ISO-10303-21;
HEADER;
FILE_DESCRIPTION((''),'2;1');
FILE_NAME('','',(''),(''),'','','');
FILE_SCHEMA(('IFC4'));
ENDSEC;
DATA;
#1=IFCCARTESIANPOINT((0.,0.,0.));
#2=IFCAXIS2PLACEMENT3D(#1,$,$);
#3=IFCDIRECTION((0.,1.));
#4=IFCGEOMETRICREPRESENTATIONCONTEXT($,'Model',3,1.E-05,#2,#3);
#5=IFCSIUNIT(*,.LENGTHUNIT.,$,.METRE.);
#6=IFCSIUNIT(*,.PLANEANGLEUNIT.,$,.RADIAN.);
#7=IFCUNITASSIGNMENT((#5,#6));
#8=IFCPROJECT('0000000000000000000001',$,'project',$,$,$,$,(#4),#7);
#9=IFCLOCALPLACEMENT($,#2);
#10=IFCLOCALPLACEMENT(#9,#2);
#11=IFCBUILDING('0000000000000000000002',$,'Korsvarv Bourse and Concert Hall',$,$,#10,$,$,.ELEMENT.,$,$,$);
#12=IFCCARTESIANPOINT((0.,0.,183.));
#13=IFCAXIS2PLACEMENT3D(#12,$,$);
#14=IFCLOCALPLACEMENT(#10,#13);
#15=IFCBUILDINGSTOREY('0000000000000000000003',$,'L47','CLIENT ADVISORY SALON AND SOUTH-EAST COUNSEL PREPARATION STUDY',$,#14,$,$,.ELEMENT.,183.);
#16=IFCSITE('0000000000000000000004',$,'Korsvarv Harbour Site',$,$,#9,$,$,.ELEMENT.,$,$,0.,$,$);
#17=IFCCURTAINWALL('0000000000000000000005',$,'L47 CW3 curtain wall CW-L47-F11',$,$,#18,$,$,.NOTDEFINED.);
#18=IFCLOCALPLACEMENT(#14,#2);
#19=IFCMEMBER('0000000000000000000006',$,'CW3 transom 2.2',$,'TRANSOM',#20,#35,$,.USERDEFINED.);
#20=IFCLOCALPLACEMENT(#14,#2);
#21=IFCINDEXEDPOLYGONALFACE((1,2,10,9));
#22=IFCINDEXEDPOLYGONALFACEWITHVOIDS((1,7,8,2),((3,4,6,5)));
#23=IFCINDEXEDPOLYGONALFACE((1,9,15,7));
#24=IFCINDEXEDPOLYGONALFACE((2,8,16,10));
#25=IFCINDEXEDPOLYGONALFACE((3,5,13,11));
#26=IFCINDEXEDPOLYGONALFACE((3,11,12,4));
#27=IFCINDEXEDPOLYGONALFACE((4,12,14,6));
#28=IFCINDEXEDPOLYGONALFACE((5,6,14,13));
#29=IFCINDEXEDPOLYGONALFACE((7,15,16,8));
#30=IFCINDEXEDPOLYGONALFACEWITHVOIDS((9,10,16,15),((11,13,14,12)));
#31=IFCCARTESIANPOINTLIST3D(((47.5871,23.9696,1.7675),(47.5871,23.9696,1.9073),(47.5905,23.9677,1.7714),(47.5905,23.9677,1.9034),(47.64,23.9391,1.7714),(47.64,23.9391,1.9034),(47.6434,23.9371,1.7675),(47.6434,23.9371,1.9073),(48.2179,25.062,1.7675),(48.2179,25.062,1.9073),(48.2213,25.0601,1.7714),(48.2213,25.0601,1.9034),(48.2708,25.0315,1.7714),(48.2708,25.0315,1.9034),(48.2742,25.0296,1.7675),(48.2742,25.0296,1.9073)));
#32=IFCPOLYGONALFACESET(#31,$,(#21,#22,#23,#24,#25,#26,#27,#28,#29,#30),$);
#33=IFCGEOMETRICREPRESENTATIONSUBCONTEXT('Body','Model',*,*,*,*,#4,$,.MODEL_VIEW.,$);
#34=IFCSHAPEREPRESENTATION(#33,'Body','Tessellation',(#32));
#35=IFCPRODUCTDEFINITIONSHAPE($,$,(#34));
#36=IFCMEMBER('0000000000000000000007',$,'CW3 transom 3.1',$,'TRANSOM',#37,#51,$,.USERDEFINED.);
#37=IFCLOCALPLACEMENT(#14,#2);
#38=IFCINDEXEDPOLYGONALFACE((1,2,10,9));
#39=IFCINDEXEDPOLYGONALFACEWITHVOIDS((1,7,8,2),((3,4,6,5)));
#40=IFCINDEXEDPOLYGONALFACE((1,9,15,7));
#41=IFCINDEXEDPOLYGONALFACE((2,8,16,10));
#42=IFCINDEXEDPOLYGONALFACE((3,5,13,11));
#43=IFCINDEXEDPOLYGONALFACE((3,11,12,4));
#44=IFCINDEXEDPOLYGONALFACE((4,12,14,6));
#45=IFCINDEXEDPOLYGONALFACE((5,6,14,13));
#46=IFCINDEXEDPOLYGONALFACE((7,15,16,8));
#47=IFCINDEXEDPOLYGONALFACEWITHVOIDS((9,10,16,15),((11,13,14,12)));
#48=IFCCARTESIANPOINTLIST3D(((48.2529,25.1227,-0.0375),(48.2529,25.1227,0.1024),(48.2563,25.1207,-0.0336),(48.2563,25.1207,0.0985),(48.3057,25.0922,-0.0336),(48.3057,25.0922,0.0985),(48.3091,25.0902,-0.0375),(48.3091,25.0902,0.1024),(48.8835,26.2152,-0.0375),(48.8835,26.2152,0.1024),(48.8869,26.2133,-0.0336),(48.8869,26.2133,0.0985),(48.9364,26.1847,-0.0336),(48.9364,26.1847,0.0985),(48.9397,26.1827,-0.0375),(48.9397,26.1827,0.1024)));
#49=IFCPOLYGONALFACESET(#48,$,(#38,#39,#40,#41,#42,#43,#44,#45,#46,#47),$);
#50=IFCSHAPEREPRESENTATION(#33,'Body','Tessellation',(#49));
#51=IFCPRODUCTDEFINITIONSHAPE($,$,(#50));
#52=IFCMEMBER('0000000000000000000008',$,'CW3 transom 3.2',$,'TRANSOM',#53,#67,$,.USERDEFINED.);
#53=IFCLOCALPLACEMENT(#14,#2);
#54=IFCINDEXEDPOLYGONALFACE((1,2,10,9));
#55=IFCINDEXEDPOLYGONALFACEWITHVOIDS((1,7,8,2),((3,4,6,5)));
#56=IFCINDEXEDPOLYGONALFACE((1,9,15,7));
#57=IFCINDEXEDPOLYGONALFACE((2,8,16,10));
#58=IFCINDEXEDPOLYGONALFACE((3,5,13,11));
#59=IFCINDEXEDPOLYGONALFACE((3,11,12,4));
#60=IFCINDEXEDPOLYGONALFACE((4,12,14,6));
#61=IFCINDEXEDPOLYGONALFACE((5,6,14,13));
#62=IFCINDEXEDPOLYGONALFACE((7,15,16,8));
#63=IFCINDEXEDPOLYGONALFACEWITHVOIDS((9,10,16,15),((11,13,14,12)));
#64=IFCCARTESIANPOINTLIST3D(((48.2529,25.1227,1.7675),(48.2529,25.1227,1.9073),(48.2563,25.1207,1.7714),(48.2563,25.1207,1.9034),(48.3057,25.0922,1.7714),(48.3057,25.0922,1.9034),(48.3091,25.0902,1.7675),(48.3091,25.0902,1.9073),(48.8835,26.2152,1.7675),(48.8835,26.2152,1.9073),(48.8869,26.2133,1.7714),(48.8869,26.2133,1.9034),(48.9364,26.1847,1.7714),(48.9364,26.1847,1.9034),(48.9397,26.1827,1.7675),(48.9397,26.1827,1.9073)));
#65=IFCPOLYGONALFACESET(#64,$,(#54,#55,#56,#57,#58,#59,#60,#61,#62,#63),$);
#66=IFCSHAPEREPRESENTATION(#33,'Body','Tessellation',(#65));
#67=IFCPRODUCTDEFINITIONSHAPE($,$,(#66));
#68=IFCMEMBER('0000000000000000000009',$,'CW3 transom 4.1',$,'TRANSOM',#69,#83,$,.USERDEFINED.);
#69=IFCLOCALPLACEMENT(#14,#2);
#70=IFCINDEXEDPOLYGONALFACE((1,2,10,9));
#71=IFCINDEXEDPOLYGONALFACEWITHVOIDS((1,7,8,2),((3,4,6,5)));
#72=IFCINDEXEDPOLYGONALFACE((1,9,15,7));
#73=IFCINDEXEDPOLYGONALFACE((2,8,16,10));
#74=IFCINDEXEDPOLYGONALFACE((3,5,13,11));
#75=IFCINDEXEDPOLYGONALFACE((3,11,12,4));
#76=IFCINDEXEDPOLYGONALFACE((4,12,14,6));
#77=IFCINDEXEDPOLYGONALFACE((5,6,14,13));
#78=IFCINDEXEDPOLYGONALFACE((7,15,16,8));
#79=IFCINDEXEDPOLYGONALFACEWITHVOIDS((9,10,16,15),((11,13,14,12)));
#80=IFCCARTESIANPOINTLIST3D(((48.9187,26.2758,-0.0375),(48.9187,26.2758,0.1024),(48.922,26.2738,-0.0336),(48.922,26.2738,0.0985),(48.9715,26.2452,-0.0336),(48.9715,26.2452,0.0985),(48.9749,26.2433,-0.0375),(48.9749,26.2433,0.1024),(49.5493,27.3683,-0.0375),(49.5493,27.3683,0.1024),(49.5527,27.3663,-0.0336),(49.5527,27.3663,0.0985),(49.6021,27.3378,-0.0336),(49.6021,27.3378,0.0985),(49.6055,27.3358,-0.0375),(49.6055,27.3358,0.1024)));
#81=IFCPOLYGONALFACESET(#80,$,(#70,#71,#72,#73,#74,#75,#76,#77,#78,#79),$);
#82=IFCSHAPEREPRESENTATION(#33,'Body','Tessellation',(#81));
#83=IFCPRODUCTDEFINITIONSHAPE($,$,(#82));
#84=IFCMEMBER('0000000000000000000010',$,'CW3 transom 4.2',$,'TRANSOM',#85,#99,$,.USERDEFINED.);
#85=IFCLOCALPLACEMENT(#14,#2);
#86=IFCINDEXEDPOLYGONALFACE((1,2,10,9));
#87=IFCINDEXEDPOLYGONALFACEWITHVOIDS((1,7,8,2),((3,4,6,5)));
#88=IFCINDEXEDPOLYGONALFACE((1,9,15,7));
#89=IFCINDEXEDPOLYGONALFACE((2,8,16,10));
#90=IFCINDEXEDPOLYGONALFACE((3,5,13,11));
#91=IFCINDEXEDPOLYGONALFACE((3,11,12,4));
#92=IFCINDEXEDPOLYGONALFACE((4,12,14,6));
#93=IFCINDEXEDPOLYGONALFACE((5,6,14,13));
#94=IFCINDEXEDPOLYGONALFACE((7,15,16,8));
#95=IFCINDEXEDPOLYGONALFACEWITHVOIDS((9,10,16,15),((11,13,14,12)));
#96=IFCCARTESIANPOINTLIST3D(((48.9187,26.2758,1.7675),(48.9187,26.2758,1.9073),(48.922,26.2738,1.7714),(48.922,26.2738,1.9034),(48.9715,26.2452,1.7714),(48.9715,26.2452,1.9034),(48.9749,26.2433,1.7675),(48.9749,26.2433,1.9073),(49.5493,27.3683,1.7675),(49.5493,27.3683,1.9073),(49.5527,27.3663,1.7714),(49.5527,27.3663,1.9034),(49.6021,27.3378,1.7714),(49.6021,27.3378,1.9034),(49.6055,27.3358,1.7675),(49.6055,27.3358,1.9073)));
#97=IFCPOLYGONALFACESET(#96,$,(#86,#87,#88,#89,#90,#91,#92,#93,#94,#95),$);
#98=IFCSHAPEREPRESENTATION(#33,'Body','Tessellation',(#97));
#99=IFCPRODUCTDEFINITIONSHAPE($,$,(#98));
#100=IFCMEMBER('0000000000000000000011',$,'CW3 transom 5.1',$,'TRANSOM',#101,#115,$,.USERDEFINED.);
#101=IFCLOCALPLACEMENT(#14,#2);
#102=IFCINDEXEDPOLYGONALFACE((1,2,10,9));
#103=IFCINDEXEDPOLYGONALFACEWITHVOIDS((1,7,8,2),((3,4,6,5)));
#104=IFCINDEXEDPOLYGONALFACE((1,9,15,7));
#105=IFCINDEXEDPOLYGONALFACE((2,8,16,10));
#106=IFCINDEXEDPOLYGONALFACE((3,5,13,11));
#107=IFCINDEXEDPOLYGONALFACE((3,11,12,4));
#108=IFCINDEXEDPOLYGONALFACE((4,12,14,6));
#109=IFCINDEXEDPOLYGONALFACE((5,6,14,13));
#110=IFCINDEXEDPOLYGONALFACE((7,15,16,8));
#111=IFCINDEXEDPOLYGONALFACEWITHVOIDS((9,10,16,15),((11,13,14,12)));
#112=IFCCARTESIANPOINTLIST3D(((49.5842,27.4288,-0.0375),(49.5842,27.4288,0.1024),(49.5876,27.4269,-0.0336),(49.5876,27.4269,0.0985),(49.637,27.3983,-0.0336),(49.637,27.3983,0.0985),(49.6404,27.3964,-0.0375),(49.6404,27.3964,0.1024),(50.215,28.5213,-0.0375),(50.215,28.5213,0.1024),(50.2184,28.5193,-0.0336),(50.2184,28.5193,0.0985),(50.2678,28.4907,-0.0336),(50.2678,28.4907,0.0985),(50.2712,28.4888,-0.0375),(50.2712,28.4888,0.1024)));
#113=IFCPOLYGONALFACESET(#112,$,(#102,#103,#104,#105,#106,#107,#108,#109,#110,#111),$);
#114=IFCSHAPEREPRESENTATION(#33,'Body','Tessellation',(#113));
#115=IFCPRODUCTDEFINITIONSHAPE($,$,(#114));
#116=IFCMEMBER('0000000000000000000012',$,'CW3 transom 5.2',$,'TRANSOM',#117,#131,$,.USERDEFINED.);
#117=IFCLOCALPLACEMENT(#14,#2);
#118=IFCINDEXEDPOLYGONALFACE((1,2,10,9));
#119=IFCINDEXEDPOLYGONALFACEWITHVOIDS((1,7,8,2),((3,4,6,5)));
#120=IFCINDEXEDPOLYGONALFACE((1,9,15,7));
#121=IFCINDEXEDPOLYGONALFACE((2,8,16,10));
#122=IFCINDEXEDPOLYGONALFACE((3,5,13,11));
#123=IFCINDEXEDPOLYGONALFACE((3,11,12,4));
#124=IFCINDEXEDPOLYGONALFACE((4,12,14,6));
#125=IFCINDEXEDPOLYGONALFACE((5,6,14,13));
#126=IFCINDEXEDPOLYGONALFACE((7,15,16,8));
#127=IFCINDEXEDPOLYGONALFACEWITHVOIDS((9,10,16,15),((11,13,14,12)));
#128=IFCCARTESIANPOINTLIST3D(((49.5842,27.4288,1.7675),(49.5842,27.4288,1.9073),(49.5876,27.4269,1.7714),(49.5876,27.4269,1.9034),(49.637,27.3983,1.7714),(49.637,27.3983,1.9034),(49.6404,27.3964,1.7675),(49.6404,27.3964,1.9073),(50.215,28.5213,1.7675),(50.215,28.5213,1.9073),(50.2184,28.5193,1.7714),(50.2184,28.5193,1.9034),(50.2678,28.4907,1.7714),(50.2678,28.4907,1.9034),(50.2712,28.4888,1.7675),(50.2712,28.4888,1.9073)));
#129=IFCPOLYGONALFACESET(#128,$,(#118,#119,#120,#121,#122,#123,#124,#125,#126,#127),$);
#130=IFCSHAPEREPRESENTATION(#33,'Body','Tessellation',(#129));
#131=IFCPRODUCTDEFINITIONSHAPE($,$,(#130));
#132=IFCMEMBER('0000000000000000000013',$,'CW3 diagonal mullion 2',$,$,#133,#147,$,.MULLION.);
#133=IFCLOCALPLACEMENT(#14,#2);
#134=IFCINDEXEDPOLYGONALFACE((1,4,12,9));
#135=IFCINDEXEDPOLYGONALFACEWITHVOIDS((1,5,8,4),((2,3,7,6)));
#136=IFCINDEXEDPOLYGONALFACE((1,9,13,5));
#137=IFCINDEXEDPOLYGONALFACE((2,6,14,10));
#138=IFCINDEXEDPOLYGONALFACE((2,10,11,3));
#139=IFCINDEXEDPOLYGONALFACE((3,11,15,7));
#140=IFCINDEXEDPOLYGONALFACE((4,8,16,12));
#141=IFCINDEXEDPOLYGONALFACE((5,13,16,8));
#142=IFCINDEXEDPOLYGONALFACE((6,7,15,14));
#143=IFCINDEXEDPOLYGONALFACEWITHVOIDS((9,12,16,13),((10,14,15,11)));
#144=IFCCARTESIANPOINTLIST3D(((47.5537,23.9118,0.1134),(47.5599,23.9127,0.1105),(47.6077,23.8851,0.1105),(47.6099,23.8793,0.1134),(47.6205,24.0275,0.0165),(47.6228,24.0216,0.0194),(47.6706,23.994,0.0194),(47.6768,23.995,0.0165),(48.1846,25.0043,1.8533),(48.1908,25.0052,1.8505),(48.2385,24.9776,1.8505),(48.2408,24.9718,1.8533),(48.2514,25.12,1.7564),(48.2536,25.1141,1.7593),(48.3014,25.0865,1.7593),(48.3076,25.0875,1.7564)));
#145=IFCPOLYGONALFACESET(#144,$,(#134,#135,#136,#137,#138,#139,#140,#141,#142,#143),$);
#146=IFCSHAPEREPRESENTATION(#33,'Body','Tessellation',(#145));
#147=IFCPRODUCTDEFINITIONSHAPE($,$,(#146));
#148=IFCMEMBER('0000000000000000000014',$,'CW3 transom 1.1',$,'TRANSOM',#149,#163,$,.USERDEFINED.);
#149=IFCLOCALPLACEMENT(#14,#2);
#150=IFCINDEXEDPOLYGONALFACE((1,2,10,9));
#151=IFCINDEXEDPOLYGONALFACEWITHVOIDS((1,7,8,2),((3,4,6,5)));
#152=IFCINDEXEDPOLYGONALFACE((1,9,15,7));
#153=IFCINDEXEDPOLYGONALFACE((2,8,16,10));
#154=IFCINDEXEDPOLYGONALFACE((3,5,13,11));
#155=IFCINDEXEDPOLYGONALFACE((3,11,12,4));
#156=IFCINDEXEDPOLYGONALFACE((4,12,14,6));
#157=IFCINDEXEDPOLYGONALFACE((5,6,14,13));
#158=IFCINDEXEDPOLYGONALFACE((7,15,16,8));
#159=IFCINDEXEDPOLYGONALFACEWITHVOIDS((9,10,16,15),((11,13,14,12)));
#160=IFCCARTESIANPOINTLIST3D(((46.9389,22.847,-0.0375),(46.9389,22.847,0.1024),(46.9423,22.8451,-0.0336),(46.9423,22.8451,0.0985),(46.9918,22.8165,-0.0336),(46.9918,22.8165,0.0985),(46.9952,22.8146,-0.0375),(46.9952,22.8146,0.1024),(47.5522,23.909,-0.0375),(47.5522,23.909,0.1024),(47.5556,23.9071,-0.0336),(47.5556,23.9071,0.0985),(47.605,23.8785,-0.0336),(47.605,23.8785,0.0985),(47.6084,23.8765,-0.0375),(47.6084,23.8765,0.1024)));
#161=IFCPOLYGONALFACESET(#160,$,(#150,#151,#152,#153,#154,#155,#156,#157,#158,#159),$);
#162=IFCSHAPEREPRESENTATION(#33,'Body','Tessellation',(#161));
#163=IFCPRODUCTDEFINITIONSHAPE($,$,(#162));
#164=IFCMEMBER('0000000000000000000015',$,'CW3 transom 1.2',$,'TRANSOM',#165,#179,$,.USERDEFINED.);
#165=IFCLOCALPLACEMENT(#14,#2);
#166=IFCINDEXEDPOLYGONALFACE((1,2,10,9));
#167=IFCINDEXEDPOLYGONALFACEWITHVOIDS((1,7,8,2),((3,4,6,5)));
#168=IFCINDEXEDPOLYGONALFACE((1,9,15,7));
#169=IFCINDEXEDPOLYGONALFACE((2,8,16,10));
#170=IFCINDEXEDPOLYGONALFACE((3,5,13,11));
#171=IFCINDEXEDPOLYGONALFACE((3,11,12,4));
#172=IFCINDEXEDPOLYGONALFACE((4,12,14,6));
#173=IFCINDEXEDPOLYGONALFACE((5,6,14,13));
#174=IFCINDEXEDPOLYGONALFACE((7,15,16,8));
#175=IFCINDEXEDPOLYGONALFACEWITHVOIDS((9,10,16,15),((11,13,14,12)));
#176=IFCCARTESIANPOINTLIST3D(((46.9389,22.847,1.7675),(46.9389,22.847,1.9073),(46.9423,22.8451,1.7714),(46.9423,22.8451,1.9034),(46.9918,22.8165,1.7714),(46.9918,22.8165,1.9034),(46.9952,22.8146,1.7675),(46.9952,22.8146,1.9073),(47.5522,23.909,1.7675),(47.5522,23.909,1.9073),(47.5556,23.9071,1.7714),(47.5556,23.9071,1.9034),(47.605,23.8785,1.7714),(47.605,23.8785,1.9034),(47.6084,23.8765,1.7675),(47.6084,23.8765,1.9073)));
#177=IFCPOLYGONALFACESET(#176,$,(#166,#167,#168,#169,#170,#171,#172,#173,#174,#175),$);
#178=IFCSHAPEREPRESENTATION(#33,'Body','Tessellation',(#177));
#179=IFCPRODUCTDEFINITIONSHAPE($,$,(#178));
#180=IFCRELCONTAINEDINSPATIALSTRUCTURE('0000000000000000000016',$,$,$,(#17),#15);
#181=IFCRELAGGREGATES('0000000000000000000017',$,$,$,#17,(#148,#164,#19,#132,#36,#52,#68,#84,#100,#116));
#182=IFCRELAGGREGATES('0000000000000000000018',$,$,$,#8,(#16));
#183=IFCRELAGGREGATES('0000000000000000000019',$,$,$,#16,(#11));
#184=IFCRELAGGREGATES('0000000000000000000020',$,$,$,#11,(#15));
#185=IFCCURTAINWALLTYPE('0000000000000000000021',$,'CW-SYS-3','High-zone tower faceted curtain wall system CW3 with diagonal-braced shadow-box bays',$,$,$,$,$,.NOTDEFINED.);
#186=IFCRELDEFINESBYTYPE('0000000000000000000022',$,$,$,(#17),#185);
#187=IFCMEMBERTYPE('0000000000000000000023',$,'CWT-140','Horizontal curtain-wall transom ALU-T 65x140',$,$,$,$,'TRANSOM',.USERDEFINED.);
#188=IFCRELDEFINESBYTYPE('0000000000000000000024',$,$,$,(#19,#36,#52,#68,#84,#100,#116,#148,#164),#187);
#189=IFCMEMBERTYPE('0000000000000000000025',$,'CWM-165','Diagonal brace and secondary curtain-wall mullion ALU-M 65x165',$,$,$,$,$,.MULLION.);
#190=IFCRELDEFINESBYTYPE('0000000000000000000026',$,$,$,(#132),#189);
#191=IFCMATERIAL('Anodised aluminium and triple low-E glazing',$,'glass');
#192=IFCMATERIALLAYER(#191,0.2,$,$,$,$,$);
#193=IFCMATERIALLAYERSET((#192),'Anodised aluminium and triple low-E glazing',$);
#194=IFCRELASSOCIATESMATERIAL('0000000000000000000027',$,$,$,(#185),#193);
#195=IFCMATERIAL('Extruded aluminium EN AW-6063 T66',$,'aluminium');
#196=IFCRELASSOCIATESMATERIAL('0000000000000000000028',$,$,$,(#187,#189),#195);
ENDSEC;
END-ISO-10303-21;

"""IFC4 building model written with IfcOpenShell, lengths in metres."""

from ifc_helpers import new_model, si_unit, direction, frame, origin, origin_2d, place, context, subcontext, project, spatial, hollow_rectangle, extrude, source, transform, mapped, material, layer, layer_set, material_profile, profile_set, type_object, element, aggregate, save


model = new_model("IFC4")

# Units and contexts
model_context = context("Model", 3, precision=1e-05, world=origin(), true_north=direction((0.0, 1.0)))
body_context = subcontext(model_context, "Body", "Model", "MODEL_VIEW")
ifc_project = project(units=[si_unit("LENGTHUNIT", "METRE"), si_unit("PLANEANGLEUNIT", "RADIAN")], contexts=[model_context])

# Site, building, storey
site_placement = place(None, origin())
site = spatial("IfcSite", under=ifc_project, at=site_placement, Name="Korsvarv Harbour Site", CompositionType="ELEMENT", RefElevation=0.0)
building_placement = place(site_placement, origin())
building = spatial("IfcBuilding", under=site, at=building_placement, Name="Korsvarv Bourse and Concert Hall", CompositionType="ELEMENT")
storey_placement = place(building_placement, frame((0.0, 0.0, 183.0)))
storey = spatial("IfcBuildingStorey", under=building, at=storey_placement, Name="L47", Description="CLIENT ADVISORY SALON AND SOUTH-EAST COUNSEL PREPARATION STUDY", CompositionType="ELEMENT", Elevation=183.0)

# Curtain wall, members
ifc_material_1 = material(Name="Anodised aluminium and triple low-E glazing", Category="glass")
ifc_layer_1 = layer(ifc_material_1, 0.2)
ifc_layer_set_1 = layer_set([ifc_layer_1], Name="Anodised aluminium and triple low-E glazing")
curtain_wall_type = type_object("IfcCurtainWallType", Name="CW-SYS-3", Description="High-zone tower faceted curtain wall system CW3 with diagonal-braced shadow-box bays", PredefinedType="NOTDEFINED", material=ifc_layer_set_1)
curtain_wall_placement = place(storey_placement, origin())
curtain_wall = element("IfcCurtainWall", 1, at=curtain_wall_placement, inside=storey, type_object=curtain_wall_type, Name="L47 CW3 curtain wall CW-L47-F11", PredefinedType="NOTDEFINED")
ifc_material_2 = material(Name="Extruded aluminium EN AW-6063 T66", Category="aluminium")
ifc_material_profile_1 = material_profile(ifc_material_2, hollow_rectangle(XDim=0.0649, YDim=0.1399, WallThickness=0.0039, at=origin_2d()), Name="ALU-T 65x140")
ifc_profile_set_1 = profile_set([ifc_material_profile_1], Name="Extruded aluminium EN AW-6063 T66")
member_type_1 = type_object("IfcMemberType", Name="CWT-140", Description="Horizontal curtain-wall transom ALU-T 65x140", ElementType="TRANSOM", PredefinedType="USERDEFINED", material=ifc_profile_set_1)
shared_shape_1 = source(origin(), body_context, "Body", "SweptSolid", [
    extrude(hollow_rectangle(XDim=0.0649, YDim=0.1399, WallThickness=0.0039, at=origin_2d()), origin(), (0.0, 0.0, 1.0), 1.2615),
])
member_1_placement = place(storey_placement, frame((47.6152, 23.9534, 1.8374), z_axis=(0.500052, 0.865995, 0.0), x_axis=(-0.865995, 0.500052, 0.0)))
member_1 = element("IfcMember", 2, at=member_1_placement, type_object=member_type_1, Name="CW3 transom 2.2", ObjectType="TRANSOM", PredefinedType="USERDEFINED", context=body_context, shape_type="MappedRepresentation", body=[
    mapped(shared_shape_1, transform((0.0, 0.0, 0.0), scale=1.0)),
])
member_2_placement = place(storey_placement, frame((48.281, 25.1064, 0.0325), z_axis=(0.499907, 0.866079, 0.0), x_axis=(-0.866079, 0.499907, 0.0)))
member_2 = element("IfcMember", 3, at=member_2_placement, type_object=member_type_1, Name="CW3 transom 3.1", ObjectType="TRANSOM", PredefinedType="USERDEFINED", context=body_context, shape_type="MappedRepresentation", body=[
    mapped(shared_shape_1, transform((0.0, 0.0, 0.0), scale=1.0)),
])
member_3_placement = place(storey_placement, frame((48.281, 25.1064, 1.8374), z_axis=(0.499907, 0.866079, 0.0), x_axis=(-0.866079, 0.499907, 0.0)))
member_3 = element("IfcMember", 4, at=member_3_placement, type_object=member_type_1, Name="CW3 transom 3.2", ObjectType="TRANSOM", PredefinedType="USERDEFINED", context=body_context, shape_type="MappedRepresentation", body=[
    mapped(shared_shape_1, transform((0.0, 0.0, 0.0), scale=1.0)),
])
member_4_placement = place(storey_placement, frame((48.9468, 26.2595, 0.0325), z_axis=(0.499907, 0.866079, 0.0), x_axis=(-0.866079, 0.499907, 0.0)))
member_4 = element("IfcMember", 5, at=member_4_placement, type_object=member_type_1, Name="CW3 transom 4.1", ObjectType="TRANSOM", PredefinedType="USERDEFINED", context=body_context, shape_type="MappedRepresentation", body=[
    mapped(shared_shape_1, transform((0.0, 0.0, 0.0), scale=1.0)),
])
member_5_placement = place(storey_placement, frame((48.9468, 26.2595, 1.8374), z_axis=(0.499907, 0.866079, 0.0), x_axis=(-0.866079, 0.499907, 0.0)))
member_5 = element("IfcMember", 6, at=member_5_placement, type_object=member_type_1, Name="CW3 transom 4.2", ObjectType="TRANSOM", PredefinedType="USERDEFINED", context=body_context, shape_type="MappedRepresentation", body=[
    mapped(shared_shape_1, transform((0.0, 0.0, 0.0), scale=1.0)),
])
member_6_placement = place(storey_placement, frame((49.6123, 27.4126, 0.0325), z_axis=(0.500052, 0.865995, 0.0), x_axis=(-0.865995, 0.500052, 0.0)))
member_6 = element("IfcMember", 7, at=member_6_placement, type_object=member_type_1, Name="CW3 transom 5.1", ObjectType="TRANSOM", PredefinedType="USERDEFINED", context=body_context, shape_type="MappedRepresentation", body=[
    mapped(shared_shape_1, transform((0.0, 0.0, 0.0), scale=1.0)),
])
member_7_placement = place(storey_placement, frame((49.6123, 27.4126, 1.8374), z_axis=(0.500052, 0.865995, 0.0), x_axis=(-0.865995, 0.500052, 0.0)))
member_7 = element("IfcMember", 8, at=member_7_placement, type_object=member_type_1, Name="CW3 transom 5.2", ObjectType="TRANSOM", PredefinedType="USERDEFINED", context=body_context, shape_type="MappedRepresentation", body=[
    mapped(shared_shape_1, transform((0.0, 0.0, 0.0), scale=1.0)),
])
ifc_material_profile_2 = material_profile(ifc_material_2, hollow_rectangle(XDim=0.0649, YDim=0.165, WallThickness=0.0049, at=origin_2d()), Name="ALU-M 65x165")
ifc_profile_set_2 = profile_set([ifc_material_profile_2], Name="Extruded aluminium EN AW-6063 T66")
member_type_2 = type_object("IfcMemberType", Name="CWM-165", Description="Diagonal brace and secondary curtain-wall mullion ALU-M 65x165", PredefinedType="MULLION", material=ifc_profile_set_2)
shared_shape_2 = source(origin(), body_context, "Body", "SweptSolid", [
    extrude(hollow_rectangle(XDim=0.0649, YDim=0.165, WallThickness=0.0049, at=origin_2d()), origin(), (0.0, 0.0, 1.0), 2.1492),
])
member_8_placement = place(storey_placement, frame((47.6152, 23.9534, 0.0649), z_axis=(0.293529, 0.508336, 0.809589), x_axis=(-0.865995, 0.500052, 0.0)))
member_8 = element("IfcMember", 9, at=member_8_placement, type_object=member_type_2, Name="CW3 diagonal mullion 2", PredefinedType="MULLION", context=body_context, shape_type="MappedRepresentation", body=[
    mapped(shared_shape_2, transform((0.0, 0.0, 0.0), scale=1.0)),
])
shared_shape_3 = source(origin(), body_context, "Body", "SweptSolid", [
    extrude(hollow_rectangle(XDim=0.0649, YDim=0.1399, WallThickness=0.0039, at=origin_2d()), origin(), (0.0, 0.0, 1.0), 1.2263),
])
member_9_placement = place(storey_placement, frame((46.967, 22.8308, 0.0325), z_axis=(0.500079, 0.86598, 0.0), x_axis=(-0.86598, 0.500079, 0.0)))
member_9 = element("IfcMember", 10, at=member_9_placement, type_object=member_type_1, Name="CW3 transom 1.1", ObjectType="TRANSOM", PredefinedType="USERDEFINED", context=body_context, shape_type="MappedRepresentation", body=[
    mapped(shared_shape_3, transform((0.0, 0.0, 0.0), scale=1.0)),
])
member_10_placement = place(storey_placement, frame((46.967, 22.8308, 1.8374), z_axis=(0.500079, 0.86598, 0.0), x_axis=(-0.86598, 0.500079, 0.0)))
member_10 = element("IfcMember", 11, at=member_10_placement, type_object=member_type_1, Name="CW3 transom 1.2", ObjectType="TRANSOM", PredefinedType="USERDEFINED", context=body_context, shape_type="MappedRepresentation", body=[
    mapped(shared_shape_3, transform((0.0, 0.0, 0.0), scale=1.0)),
])
aggregate(curtain_wall, [member_9, member_10, member_1, member_8, member_2, member_3, member_4, member_5, member_6, member_7])

save(model, "model.ifc")
